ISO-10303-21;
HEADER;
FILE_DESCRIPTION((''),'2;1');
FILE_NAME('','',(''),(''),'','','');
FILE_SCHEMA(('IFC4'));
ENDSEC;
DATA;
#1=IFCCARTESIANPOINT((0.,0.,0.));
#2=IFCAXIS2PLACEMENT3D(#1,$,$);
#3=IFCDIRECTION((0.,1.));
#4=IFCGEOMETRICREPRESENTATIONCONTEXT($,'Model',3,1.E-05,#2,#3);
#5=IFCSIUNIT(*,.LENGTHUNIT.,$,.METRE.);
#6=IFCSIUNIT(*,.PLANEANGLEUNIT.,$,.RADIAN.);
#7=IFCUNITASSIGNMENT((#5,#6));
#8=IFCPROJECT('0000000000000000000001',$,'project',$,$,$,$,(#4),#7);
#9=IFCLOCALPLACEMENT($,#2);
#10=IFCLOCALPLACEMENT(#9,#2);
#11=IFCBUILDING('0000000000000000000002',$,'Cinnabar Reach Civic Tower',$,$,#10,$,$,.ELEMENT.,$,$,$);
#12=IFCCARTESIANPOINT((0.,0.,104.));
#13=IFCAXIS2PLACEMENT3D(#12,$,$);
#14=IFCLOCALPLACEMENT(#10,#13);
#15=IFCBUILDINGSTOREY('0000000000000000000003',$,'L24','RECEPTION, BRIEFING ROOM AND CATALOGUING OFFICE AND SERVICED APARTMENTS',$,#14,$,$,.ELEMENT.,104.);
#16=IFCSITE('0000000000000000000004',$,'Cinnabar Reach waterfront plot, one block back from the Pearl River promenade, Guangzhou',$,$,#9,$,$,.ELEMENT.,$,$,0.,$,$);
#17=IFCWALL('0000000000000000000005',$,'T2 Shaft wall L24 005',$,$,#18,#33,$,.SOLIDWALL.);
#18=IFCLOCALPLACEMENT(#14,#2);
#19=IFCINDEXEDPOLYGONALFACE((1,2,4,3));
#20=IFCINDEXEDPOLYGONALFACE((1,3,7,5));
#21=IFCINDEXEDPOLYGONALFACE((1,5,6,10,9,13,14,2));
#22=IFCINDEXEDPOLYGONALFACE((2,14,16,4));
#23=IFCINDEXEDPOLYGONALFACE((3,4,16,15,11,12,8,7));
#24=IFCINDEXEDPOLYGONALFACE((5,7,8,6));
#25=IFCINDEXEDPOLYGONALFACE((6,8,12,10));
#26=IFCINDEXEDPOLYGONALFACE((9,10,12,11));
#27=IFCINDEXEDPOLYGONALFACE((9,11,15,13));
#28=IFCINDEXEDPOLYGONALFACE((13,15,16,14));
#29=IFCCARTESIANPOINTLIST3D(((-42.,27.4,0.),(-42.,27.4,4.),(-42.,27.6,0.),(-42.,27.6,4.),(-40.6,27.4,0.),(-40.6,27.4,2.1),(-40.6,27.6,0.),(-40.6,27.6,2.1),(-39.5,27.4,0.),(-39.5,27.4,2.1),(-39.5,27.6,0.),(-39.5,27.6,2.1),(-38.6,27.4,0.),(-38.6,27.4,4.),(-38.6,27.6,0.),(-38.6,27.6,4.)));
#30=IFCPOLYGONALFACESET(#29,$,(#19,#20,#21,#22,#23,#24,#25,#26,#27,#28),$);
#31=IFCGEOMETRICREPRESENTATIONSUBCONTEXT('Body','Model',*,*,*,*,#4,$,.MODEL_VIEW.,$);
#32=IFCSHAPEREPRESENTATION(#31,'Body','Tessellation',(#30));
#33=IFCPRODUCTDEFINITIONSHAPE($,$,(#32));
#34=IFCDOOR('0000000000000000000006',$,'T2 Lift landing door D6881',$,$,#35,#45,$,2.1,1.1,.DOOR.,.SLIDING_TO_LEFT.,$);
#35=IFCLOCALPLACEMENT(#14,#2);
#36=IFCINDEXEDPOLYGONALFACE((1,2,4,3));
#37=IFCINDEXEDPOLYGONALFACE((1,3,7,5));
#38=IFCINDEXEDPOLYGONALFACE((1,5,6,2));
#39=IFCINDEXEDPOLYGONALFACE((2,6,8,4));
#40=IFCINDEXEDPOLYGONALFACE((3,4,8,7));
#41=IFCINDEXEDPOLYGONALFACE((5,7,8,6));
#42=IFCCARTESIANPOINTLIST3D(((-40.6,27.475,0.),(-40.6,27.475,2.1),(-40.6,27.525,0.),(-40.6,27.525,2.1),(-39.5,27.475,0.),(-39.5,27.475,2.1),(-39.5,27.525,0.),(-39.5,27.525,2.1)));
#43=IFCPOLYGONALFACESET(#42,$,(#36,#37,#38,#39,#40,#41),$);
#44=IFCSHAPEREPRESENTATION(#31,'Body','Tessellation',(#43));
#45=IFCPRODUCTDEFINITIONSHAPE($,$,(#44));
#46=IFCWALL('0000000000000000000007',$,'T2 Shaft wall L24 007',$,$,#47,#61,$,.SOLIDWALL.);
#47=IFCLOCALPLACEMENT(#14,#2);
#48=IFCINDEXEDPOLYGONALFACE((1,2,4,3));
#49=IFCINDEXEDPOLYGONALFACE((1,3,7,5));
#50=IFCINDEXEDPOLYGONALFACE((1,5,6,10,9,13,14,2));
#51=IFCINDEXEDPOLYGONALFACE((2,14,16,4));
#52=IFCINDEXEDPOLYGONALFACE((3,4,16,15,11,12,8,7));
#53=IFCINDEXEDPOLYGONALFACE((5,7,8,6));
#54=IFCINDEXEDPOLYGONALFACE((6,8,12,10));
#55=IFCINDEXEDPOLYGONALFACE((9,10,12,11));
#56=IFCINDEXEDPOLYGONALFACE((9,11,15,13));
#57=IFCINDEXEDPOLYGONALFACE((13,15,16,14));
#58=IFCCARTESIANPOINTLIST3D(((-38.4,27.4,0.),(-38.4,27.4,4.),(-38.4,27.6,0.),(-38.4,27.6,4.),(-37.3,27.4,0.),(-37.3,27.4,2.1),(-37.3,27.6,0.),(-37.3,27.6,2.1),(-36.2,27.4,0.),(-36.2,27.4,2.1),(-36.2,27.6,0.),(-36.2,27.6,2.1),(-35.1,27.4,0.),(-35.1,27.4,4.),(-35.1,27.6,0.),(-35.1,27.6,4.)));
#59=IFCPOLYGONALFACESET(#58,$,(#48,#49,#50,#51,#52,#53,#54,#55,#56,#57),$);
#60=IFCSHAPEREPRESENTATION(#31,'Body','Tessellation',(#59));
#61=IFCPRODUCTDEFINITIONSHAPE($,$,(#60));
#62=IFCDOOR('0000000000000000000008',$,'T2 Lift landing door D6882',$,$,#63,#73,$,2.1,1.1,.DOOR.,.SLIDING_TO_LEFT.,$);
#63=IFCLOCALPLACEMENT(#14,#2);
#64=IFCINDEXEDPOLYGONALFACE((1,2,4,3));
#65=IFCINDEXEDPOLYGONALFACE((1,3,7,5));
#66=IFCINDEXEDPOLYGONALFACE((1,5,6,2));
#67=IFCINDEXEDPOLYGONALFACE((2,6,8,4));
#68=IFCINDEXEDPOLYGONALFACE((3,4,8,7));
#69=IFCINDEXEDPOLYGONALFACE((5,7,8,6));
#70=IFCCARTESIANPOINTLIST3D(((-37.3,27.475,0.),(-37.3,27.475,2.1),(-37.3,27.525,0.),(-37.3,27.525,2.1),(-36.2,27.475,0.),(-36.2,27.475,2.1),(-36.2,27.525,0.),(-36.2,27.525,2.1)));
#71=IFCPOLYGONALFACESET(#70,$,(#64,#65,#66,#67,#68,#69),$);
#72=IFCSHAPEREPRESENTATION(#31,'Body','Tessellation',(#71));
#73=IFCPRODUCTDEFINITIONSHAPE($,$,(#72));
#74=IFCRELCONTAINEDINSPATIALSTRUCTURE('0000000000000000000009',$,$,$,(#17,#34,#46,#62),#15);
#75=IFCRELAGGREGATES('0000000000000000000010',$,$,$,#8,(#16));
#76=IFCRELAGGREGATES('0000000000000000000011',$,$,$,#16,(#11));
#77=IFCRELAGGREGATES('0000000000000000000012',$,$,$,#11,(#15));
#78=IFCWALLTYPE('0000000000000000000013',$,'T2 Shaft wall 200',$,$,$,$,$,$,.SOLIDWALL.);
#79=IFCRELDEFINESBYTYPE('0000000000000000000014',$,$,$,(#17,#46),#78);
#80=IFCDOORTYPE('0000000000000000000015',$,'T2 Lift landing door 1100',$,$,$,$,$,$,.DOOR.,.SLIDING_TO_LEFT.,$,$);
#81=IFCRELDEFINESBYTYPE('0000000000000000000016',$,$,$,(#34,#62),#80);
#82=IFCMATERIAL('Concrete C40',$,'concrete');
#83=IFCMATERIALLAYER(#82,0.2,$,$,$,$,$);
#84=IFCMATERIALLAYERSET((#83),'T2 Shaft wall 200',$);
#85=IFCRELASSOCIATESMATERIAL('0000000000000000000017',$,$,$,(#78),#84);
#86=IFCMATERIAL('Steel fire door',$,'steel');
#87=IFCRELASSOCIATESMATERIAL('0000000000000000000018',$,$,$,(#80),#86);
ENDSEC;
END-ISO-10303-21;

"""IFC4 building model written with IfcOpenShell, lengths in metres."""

from ifc_helpers import new_model, si_unit, direction, frame, frame_2d, origin, place, context, subcontext, project, spatial, rectangle, extrude, material, layer, layer_set, type_object, element, fill, save


model = new_model("IFC4")

# Units and contexts
model_context = context("Model", 3, precision=1e-05, world=origin(), true_north=direction((0.0, 1.0)))
body_context = subcontext(model_context, "Body", "Model", "MODEL_VIEW")
ifc_project = project(units=[si_unit("LENGTHUNIT", "METRE"), si_unit("PLANEANGLEUNIT", "RADIAN")], contexts=[model_context])

# Site, building, storey
site_placement = place(None, origin())
site = spatial("IfcSite", under=ifc_project, at=site_placement, Name="Cinnabar Reach waterfront plot, one block back from the Pearl River promenade, Guangzhou", CompositionType="ELEMENT", RefElevation=0.0)
building_placement = place(site_placement, origin())
building = spatial("IfcBuilding", under=site, at=building_placement, Name="Cinnabar Reach Civic Tower", CompositionType="ELEMENT")
storey_placement = place(building_placement, frame((0.0, 0.0, 104.0)))
storey = spatial("IfcBuildingStorey", under=building, at=storey_placement, Name="L24", Description="RECEPTION, BRIEFING ROOM AND CATALOGUING OFFICE AND SERVICED APARTMENTS", CompositionType="ELEMENT", Elevation=104.0)

# Shared definitions
ifc_material_1 = material(Name="Steel fire door", Category="steel")

# Shared definitions
ifc_material_2 = material(Name="Concrete C40", Category="concrete")
ifc_layer_1 = layer(ifc_material_2, 0.2)
ifc_layer_set_1 = layer_set([ifc_layer_1], Name="T2 Shaft wall 200")
wall_type_1 = type_object("IfcWallType", Name="T2 Shaft wall 200", PredefinedType="SOLIDWALL", material=ifc_layer_set_1)

# Shared definitions
door_type_1 = type_object("IfcDoorType", Name="T2 Lift landing door 1100", OperationType="SLIDING_TO_LEFT", PredefinedType="DOOR", material=ifc_material_1)

# Walls, openings, doors
wall_1_placement = place(storey_placement, frame((-42.0, 27.5, 0.0), z_axis=(0.0, 0.0, 1.0), x_axis=(1.0, 0.0, 0.0)))
wall_1 = element("IfcWall", 1, at=wall_1_placement, inside=storey, type_object=wall_type_1, Name="T2 Shaft wall L24 005", PredefinedType="SOLIDWALL", context=body_context, shape_type="SweptSolid", body=[
    extrude(rectangle(XDim=3.4, YDim=0.2, at=frame_2d((1.7, 0.0))), origin(), (0.0, 0.0, 1.0), 4.0),
])
opening_1_placement = place(wall_1_placement, frame((1.4, 0.0, 0.0)))
opening_1 = element("IfcOpeningElement", 2, at=opening_1_placement, cuts=wall_1, PredefinedType="OPENING", context=body_context, shape_type="SweptSolid", body=[
    extrude(rectangle(XDim=1.1, YDim=2.1, at=frame_2d((0.55, 1.05))), frame((0.0, 0.11, 0.0), z_axis=(0.0, -1.0, 0.0), x_axis=(1.0, 0.0, 0.0)), (0.0, 0.0, 1.0), 0.22),
])
door_1_placement = place(opening_1_placement, origin())
door_1 = element("IfcDoor", 3, at=door_1_placement, inside=storey, type_object=door_type_1, Name="T2 Lift landing door D6881", OperationType="SLIDING_TO_LEFT", OverallHeight=2.1, OverallWidth=1.1, PredefinedType="DOOR", context=body_context, shape_type="SweptSolid", body=[
    extrude(rectangle(XDim=1.1, YDim=2.1, at=frame_2d((0.55, 1.05))), frame((0.0, 0.025, 0.0), z_axis=(0.0, -1.0, 0.0), x_axis=(1.0, 0.0, 0.0)), (0.0, 0.0, 1.0), 0.05),
])
fill(opening_1, door_1)
wall_2_placement = place(storey_placement, frame((-38.4, 27.5, 0.0), z_axis=(0.0, 0.0, 1.0), x_axis=(1.0, 0.0, 0.0)))
wall_2 = element("IfcWall", 4, at=wall_2_placement, inside=storey, type_object=wall_type_1, Name="T2 Shaft wall L24 007", PredefinedType="SOLIDWALL", context=body_context, shape_type="SweptSolid", body=[
    extrude(rectangle(XDim=3.3, YDim=0.2, at=frame_2d((1.65, 0.0))), origin(), (0.0, 0.0, 1.0), 4.0),
])
opening_2_placement = place(wall_2_placement, frame((1.1, 0.0, 0.0)))
opening_2 = element("IfcOpeningElement", 5, at=opening_2_placement, cuts=wall_2, PredefinedType="OPENING", context=body_context, shape_type="SweptSolid", body=[
    extrude(rectangle(XDim=1.1, YDim=2.1, at=frame_2d((0.55, 1.05))), frame((0.0, 0.11, 0.0), z_axis=(0.0, -1.0, 0.0), x_axis=(1.0, 0.0, 0.0)), (0.0, 0.0, 1.0), 0.22),
])
door_2_placement = place(opening_2_placement, origin())
door_2 = element("IfcDoor", 6, at=door_2_placement, inside=storey, type_object=door_type_1, Name="T2 Lift landing door D6882", OperationType="SLIDING_TO_LEFT", OverallHeight=2.1, OverallWidth=1.1, PredefinedType="DOOR", context=body_context, shape_type="SweptSolid", body=[
    extrude(rectangle(XDim=1.1, YDim=2.1, at=frame_2d((0.55, 1.05))), frame((0.0, 0.025, 0.0), z_axis=(0.0, -1.0, 0.0), x_axis=(1.0, 0.0, 0.0)), (0.0, 0.0, 1.0), 0.05),
])
fill(opening_2, door_2)

save(model, "model.ifc")
